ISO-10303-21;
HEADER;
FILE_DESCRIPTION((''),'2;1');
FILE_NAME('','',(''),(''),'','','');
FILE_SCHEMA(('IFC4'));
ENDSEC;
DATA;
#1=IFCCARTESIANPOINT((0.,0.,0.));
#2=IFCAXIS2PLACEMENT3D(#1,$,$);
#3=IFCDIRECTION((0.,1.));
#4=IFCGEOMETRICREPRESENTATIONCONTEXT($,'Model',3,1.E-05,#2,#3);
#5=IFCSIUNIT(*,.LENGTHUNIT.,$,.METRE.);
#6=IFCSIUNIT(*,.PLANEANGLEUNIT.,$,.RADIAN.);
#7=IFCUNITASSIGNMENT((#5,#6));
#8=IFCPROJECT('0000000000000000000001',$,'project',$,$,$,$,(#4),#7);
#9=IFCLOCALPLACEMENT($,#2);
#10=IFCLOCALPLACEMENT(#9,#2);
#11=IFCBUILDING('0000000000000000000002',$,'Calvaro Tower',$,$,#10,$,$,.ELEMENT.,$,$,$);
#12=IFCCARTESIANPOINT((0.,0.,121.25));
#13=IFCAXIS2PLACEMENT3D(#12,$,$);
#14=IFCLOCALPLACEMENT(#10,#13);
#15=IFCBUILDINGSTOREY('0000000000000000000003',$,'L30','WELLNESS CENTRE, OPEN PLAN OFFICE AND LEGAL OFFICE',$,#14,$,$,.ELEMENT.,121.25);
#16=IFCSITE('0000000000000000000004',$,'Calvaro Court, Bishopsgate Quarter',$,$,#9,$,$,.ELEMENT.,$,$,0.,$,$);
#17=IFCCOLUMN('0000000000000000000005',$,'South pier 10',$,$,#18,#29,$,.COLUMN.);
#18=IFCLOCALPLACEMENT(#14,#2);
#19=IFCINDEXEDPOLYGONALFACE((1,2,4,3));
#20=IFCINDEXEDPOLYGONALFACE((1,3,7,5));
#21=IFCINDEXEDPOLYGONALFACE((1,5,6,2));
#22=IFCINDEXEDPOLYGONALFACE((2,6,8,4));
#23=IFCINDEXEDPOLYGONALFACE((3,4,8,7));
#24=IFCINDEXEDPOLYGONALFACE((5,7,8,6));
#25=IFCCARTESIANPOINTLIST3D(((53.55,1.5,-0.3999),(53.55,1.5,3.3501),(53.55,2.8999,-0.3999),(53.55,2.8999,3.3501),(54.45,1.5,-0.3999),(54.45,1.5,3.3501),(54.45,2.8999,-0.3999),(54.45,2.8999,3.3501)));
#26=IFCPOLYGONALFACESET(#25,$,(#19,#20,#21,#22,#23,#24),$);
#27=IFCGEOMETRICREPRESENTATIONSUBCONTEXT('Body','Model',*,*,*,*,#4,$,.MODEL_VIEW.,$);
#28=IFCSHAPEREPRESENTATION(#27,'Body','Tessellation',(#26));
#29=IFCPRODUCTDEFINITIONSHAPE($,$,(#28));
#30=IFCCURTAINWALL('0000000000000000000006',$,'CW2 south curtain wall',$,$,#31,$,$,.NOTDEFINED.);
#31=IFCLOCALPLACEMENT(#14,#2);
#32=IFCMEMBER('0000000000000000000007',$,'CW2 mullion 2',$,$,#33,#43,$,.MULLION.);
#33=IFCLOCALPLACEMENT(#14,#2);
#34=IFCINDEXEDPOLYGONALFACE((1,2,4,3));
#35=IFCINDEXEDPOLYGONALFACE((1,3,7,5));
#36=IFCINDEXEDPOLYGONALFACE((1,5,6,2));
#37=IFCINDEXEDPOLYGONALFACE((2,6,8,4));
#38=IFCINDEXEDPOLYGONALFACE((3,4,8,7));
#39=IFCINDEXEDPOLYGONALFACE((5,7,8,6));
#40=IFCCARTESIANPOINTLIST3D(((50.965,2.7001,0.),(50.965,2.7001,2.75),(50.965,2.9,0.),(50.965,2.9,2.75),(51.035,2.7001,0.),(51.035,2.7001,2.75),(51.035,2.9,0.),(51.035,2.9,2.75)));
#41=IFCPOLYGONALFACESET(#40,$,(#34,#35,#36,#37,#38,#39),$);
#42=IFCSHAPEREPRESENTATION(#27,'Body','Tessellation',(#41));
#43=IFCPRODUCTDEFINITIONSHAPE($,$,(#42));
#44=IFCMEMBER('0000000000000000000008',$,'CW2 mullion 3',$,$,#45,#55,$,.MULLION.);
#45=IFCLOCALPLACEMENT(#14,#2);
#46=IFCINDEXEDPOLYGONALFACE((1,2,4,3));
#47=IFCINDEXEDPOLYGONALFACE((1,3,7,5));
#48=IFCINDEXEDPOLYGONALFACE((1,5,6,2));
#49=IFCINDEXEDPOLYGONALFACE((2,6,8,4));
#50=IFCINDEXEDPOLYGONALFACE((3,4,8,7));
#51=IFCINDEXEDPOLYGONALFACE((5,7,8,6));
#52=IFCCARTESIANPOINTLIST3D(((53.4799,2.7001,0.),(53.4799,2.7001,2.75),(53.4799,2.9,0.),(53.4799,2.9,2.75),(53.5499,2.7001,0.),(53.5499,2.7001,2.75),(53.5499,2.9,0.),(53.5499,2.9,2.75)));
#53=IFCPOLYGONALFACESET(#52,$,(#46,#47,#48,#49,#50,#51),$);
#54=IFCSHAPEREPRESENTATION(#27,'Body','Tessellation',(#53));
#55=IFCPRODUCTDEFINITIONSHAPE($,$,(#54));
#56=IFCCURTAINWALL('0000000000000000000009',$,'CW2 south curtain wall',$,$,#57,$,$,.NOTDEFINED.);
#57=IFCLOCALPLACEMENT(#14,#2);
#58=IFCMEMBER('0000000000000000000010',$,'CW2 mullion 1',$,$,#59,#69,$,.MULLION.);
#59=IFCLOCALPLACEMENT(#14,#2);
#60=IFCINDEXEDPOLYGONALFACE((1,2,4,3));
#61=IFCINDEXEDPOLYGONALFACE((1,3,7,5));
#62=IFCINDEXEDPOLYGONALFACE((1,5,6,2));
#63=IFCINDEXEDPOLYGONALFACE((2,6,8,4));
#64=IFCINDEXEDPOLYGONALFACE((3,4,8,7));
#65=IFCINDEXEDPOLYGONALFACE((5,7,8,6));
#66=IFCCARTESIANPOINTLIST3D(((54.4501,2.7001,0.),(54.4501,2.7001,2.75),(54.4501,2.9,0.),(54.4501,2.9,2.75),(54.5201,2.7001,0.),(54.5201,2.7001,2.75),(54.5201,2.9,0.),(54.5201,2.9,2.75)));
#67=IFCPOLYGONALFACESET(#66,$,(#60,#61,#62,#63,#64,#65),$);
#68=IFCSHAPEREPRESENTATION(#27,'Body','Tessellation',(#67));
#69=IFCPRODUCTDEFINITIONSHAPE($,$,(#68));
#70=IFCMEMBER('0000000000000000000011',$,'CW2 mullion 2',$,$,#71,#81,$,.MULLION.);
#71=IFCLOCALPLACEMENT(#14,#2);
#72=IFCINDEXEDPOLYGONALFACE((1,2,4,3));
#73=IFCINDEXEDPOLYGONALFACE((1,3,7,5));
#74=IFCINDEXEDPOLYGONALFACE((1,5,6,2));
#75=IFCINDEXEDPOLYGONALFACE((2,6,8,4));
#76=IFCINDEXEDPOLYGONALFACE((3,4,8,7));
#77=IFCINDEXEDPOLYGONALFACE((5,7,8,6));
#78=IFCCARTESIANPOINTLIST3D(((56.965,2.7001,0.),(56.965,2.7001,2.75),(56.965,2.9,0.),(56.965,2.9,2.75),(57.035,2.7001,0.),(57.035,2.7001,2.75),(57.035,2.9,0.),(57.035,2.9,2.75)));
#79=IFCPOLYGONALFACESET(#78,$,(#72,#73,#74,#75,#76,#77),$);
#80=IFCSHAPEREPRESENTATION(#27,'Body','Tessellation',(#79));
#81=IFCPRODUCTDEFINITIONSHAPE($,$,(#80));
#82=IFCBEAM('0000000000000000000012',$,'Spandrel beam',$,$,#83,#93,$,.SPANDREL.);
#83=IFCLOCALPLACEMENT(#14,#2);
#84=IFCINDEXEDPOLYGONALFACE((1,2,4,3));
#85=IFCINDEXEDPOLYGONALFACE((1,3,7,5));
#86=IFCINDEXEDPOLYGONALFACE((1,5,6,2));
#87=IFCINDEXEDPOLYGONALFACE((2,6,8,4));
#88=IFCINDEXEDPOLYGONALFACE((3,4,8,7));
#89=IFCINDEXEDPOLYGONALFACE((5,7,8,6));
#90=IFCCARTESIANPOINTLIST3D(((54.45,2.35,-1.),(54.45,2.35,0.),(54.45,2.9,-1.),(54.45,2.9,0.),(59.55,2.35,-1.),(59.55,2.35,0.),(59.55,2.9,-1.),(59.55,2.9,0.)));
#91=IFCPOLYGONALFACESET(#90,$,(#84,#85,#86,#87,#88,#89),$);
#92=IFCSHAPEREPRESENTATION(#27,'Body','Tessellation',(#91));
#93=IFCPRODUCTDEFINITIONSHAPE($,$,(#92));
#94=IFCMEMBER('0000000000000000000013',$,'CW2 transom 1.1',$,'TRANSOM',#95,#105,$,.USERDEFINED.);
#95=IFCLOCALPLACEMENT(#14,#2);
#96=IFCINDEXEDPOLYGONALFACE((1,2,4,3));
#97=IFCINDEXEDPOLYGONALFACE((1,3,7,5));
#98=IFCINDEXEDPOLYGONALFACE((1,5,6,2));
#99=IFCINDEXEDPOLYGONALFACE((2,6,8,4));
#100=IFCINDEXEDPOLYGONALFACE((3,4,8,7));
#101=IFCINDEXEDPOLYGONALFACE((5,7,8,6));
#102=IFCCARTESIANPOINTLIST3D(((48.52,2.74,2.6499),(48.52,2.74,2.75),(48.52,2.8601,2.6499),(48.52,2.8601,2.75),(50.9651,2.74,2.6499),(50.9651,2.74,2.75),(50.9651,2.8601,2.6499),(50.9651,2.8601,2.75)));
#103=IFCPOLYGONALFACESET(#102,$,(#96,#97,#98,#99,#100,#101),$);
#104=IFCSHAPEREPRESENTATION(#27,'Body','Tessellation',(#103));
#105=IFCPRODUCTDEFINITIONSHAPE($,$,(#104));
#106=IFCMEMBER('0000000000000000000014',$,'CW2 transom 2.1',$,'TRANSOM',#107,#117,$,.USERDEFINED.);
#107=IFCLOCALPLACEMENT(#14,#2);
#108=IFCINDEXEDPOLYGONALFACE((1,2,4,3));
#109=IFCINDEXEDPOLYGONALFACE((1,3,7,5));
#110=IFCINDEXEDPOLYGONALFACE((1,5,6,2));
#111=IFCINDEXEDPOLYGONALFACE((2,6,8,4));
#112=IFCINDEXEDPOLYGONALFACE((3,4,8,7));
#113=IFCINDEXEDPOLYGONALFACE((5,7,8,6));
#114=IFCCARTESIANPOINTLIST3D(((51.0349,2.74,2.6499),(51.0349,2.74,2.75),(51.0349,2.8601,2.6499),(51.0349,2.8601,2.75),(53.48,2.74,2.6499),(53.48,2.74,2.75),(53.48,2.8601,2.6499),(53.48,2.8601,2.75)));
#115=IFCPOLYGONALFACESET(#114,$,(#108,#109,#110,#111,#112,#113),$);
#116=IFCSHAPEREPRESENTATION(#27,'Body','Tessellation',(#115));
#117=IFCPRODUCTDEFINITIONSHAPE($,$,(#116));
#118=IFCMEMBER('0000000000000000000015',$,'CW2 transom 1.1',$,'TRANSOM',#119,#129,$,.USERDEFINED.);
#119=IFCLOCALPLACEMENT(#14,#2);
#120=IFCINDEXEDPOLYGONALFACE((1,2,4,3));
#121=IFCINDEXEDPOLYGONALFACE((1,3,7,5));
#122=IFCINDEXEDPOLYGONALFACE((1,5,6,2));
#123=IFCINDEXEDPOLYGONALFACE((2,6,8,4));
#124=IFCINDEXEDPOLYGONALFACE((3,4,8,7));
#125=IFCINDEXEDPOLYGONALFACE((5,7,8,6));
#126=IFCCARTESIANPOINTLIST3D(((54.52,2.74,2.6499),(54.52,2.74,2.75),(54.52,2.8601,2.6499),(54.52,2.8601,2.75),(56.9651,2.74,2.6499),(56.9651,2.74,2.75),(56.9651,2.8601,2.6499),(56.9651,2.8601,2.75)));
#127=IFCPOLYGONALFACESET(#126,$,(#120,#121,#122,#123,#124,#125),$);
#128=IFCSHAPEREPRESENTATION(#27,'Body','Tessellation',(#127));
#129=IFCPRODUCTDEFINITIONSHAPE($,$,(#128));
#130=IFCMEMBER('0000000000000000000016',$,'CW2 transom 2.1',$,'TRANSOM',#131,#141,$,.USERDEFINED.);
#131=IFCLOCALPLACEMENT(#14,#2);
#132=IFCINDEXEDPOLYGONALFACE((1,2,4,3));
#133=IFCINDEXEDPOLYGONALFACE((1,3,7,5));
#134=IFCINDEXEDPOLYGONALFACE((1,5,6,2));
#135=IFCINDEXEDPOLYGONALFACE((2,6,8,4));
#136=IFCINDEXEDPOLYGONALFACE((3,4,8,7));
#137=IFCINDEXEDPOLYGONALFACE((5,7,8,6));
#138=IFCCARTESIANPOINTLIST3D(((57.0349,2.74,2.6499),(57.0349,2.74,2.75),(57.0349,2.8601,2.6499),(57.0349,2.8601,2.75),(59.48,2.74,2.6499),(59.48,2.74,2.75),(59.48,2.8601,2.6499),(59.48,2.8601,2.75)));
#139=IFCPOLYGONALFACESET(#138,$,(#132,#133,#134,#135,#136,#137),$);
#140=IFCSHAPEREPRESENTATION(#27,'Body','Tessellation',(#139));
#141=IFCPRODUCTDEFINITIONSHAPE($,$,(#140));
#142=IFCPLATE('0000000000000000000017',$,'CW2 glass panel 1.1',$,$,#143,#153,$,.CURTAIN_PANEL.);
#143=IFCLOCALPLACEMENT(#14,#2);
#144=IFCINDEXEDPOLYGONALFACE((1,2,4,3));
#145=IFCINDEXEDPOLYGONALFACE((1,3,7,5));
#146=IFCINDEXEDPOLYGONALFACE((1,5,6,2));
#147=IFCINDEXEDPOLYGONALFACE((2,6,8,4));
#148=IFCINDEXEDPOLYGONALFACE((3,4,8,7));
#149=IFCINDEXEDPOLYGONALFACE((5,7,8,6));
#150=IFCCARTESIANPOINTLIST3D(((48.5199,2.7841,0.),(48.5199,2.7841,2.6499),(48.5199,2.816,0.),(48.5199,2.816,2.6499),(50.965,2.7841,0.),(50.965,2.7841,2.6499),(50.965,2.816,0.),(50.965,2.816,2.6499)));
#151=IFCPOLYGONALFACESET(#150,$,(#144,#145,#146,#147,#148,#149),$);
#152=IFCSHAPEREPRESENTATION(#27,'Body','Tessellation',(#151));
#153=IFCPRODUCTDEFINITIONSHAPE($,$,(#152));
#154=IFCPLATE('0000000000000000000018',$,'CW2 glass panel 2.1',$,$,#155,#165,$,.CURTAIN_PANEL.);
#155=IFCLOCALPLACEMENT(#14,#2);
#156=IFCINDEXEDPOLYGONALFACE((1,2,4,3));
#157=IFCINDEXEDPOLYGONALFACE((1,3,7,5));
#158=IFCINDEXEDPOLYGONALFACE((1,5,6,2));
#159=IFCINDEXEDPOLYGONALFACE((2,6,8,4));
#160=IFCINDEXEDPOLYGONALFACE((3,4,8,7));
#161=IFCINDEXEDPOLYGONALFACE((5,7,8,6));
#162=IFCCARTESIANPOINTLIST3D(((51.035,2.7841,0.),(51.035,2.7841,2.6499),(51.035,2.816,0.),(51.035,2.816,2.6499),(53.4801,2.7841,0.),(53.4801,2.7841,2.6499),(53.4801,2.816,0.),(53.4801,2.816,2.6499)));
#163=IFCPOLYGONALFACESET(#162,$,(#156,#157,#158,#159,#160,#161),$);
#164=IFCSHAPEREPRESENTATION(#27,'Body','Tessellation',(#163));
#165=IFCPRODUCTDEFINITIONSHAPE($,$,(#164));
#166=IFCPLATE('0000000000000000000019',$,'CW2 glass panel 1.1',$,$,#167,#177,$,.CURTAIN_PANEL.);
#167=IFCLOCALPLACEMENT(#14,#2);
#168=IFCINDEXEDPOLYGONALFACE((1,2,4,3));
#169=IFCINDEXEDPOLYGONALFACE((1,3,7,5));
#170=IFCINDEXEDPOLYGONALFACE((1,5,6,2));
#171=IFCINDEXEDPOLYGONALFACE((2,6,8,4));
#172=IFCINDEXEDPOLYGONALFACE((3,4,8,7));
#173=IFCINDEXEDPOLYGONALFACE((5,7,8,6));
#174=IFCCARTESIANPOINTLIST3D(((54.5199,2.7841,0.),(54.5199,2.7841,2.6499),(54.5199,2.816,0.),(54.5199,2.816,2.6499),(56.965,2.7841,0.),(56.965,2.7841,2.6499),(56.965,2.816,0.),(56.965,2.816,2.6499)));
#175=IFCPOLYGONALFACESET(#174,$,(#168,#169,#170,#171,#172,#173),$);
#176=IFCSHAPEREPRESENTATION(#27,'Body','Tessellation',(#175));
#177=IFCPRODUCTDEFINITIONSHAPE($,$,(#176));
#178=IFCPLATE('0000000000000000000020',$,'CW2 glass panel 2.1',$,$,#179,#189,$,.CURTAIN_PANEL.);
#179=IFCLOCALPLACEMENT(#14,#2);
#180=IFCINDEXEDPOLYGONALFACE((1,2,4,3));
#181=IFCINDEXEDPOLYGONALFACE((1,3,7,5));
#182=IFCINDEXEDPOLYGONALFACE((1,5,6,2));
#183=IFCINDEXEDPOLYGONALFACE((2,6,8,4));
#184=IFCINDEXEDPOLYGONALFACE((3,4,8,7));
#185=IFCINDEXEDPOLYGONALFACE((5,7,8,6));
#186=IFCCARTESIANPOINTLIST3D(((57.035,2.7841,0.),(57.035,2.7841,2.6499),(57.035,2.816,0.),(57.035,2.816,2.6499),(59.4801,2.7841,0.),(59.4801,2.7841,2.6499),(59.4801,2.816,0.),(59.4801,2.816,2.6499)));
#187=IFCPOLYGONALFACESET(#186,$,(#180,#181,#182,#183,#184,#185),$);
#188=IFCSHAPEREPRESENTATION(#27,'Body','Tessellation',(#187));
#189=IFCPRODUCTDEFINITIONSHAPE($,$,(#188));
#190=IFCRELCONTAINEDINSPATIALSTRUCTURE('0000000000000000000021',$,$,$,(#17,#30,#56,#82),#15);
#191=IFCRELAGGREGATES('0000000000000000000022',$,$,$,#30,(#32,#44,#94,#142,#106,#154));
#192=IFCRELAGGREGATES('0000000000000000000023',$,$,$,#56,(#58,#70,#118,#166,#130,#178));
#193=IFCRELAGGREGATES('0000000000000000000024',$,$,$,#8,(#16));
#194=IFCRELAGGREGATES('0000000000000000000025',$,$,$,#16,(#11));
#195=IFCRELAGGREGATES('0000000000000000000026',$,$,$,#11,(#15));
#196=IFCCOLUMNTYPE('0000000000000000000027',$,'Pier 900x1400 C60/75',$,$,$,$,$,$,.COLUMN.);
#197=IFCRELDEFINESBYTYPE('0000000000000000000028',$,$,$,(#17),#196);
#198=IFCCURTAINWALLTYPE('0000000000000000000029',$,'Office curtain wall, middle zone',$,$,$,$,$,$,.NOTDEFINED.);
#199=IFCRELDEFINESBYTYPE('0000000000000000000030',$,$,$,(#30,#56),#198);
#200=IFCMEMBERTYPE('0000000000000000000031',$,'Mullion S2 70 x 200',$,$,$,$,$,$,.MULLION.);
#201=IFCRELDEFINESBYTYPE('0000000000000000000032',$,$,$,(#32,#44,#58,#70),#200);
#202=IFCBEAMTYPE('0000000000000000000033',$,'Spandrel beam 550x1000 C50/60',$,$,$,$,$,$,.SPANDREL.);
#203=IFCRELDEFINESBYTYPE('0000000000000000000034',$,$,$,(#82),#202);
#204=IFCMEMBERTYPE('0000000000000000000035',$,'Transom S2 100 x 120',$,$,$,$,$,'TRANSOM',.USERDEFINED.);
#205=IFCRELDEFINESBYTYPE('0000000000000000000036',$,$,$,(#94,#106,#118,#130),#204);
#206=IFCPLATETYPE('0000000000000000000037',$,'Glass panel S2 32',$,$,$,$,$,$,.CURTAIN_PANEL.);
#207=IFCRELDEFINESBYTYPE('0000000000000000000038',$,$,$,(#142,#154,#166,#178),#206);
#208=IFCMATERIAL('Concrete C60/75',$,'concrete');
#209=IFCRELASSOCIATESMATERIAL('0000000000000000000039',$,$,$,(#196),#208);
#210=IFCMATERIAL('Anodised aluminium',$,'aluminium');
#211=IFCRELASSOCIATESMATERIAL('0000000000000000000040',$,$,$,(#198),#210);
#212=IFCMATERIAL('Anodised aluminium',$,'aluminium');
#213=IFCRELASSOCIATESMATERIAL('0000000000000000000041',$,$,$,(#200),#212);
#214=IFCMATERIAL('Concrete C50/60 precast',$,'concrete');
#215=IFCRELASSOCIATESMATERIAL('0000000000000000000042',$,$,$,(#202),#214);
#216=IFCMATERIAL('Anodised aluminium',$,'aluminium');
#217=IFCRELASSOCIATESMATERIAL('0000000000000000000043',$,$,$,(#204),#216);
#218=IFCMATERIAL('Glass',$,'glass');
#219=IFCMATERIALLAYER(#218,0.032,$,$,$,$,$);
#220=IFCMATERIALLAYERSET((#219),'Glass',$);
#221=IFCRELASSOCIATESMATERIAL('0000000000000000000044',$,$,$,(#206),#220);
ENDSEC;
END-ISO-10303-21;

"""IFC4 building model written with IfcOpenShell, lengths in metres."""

from ifc_helpers import new_model, si_unit, direction, frame, origin, origin_2d, place, context, subcontext, project, spatial, rectangle, extrude, material, layer, layer_set, material_profile, profile_set, type_object, element, aggregate, save


model = new_model("IFC4")

# Units and contexts
model_context = context("Model", 3, precision=1e-05, world=origin(), true_north=direction((0.0, 1.0)))
body_context = subcontext(model_context, "Body", "Model", "MODEL_VIEW")
ifc_project = project(units=[si_unit("LENGTHUNIT", "METRE"), si_unit("PLANEANGLEUNIT", "RADIAN")], contexts=[model_context])

# Site, building, storey
site_placement = place(None, origin())
site = spatial("IfcSite", under=ifc_project, at=site_placement, Name="Calvaro Court, Bishopsgate Quarter", CompositionType="ELEMENT", RefElevation=0.0)
building_placement = place(site_placement, origin())
building = spatial("IfcBuilding", under=site, at=building_placement, Name="Calvaro Tower", CompositionType="ELEMENT")
storey_placement = place(building_placement, frame((0.0, 0.0, 121.25)))
storey = spatial("IfcBuildingStorey", under=building, at=storey_placement, Name="L30", Description="WELLNESS CENTRE, OPEN PLAN OFFICE AND LEGAL OFFICE", CompositionType="ELEMENT", Elevation=121.25)

# Column
ifc_material_1 = material(Name="Concrete C60/75", Category="concrete")
ifc_material_profile_1 = material_profile(ifc_material_1, rectangle(XDim=0.8999, YDim=1.3999, at=origin_2d()), Name="RC 900x1400")
ifc_profile_set_1 = profile_set([ifc_material_profile_1], Name="Concrete C60/75")
column_type = type_object("IfcColumnType", Name="Pier 900x1400 C60/75", PredefinedType="COLUMN", material=ifc_profile_set_1)
column_placement = place(storey_placement, frame((54.0, 2.2, -0.3999), z_axis=(0.0, 0.0, 1.0), x_axis=(1.0, 0.0, 0.0)))
element("IfcColumn", 1, at=column_placement, inside=storey, type_object=column_type, Name="South pier 10", PredefinedType="COLUMN", context=body_context, shape_type="SweptSolid", body=[
    extrude(rectangle(XDim=0.8999, YDim=1.3999, at=origin_2d()), origin(), (0.0, 0.0, 1.0), 3.75),
])

# Curtain walls, members
ifc_material_2 = material(Name="Anodised aluminium", Category="aluminium")
curtain_wall_type = type_object("IfcCurtainWallType", Name="Office curtain wall, middle zone", PredefinedType="NOTDEFINED", material=ifc_material_2)
curtain_wall_1_placement = place(storey_placement, origin())
curtain_wall_1 = element("IfcCurtainWall", 2, at=curtain_wall_1_placement, inside=storey, type_object=curtain_wall_type, Name="CW2 south curtain wall", PredefinedType="NOTDEFINED")
ifc_material_3 = material(Name="Anodised aluminium", Category="aluminium")
ifc_material_profile_2 = material_profile(ifc_material_3, rectangle(XDim=0.2, YDim=0.0701, at=origin_2d()), Name="Mullion S2 70 x 200")
ifc_profile_set_2 = profile_set([ifc_material_profile_2], Name="Anodised aluminium")
member_type_1 = type_object("IfcMemberType", Name="Mullion S2 70 x 200", PredefinedType="MULLION", material=ifc_profile_set_2)
member_1_placement = place(storey_placement, frame((51.0, 2.8, 0.0), z_axis=(0.0, 0.0, 1.0), x_axis=(0.0, 1.0, 0.0)))
member_1 = element("IfcMember", 3, at=member_1_placement, type_object=member_type_1, Name="CW2 mullion 2", PredefinedType="MULLION", context=body_context, shape_type="SweptSolid", body=[
    extrude(rectangle(XDim=0.2, YDim=0.0701, at=origin_2d()), origin(), (0.0, 0.0, 1.0), 2.75),
])
member_2_placement = place(storey_placement, frame((53.5149, 2.8, 0.0), z_axis=(0.0, 0.0, 1.0), x_axis=(0.0, 1.0, 0.0)))
member_2 = element("IfcMember", 4, at=member_2_placement, type_object=member_type_1, Name="CW2 mullion 3", PredefinedType="MULLION", context=body_context, shape_type="SweptSolid", body=[
    extrude(rectangle(XDim=0.2, YDim=0.0701, at=origin_2d()), origin(), (0.0, 0.0, 1.0), 2.75),
])
curtain_wall_2_placement = place(storey_placement, origin())
curtain_wall_2 = element("IfcCurtainWall", 5, at=curtain_wall_2_placement, inside=storey, type_object=curtain_wall_type, Name="CW2 south curtain wall", PredefinedType="NOTDEFINED")
member_3_placement = place(storey_placement, frame((54.4851, 2.8, 0.0), z_axis=(0.0, 0.0, 1.0), x_axis=(0.0, 1.0, 0.0)))
member_3 = element("IfcMember", 6, at=member_3_placement, type_object=member_type_1, Name="CW2 mullion 1", PredefinedType="MULLION", context=body_context, shape_type="SweptSolid", body=[
    extrude(rectangle(XDim=0.2, YDim=0.0701, at=origin_2d()), origin(), (0.0, 0.0, 1.0), 2.75),
])
member_4_placement = place(storey_placement, frame((57.0, 2.8, 0.0), z_axis=(0.0, 0.0, 1.0), x_axis=(0.0, 1.0, 0.0)))
member_4 = element("IfcMember", 7, at=member_4_placement, type_object=member_type_1, Name="CW2 mullion 2", PredefinedType="MULLION", context=body_context, shape_type="SweptSolid", body=[
    extrude(rectangle(XDim=0.2, YDim=0.0701, at=origin_2d()), origin(), (0.0, 0.0, 1.0), 2.75),
])

# Beam
ifc_material_4 = material(Name="Concrete C50/60 precast", Category="concrete")
ifc_material_profile_3 = material_profile(ifc_material_4, rectangle(XDim=0.55, YDim=1.0, at=origin_2d()), Name="RC 550x1000")
ifc_profile_set_3 = profile_set([ifc_material_profile_3], Name="Concrete C50/60 precast")
beam_type = type_object("IfcBeamType", Name="Spandrel beam 550x1000 C50/60", PredefinedType="SPANDREL", material=ifc_profile_set_3)
beam_placement = place(storey_placement, frame((54.45, 2.625, -0.5), z_axis=(1.0, 0.0, 0.0), x_axis=(0.0, 1.0, 0.0)))
element("IfcBeam", 8, at=beam_placement, inside=storey, type_object=beam_type, Name="Spandrel beam", PredefinedType="SPANDREL", context=body_context, shape_type="SweptSolid", body=[
    extrude(rectangle(XDim=0.55, YDim=1.0, at=origin_2d()), origin(), (0.0, 0.0, 1.0), 5.1001),
])

# Members
ifc_material_5 = material(Name="Anodised aluminium", Category="aluminium")
ifc_material_profile_4 = material_profile(ifc_material_5, rectangle(XDim=0.1201, YDim=0.1001, at=origin_2d()), Name="Transom S2 100 x 120")
ifc_profile_set_4 = profile_set([ifc_material_profile_4], Name="Anodised aluminium")
member_type_2 = type_object("IfcMemberType", Name="Transom S2 100 x 120", ElementType="TRANSOM", PredefinedType="USERDEFINED", material=ifc_profile_set_4)
member_5_placement = place(storey_placement, frame((48.52, 2.8, 2.7), z_axis=(1.0, 0.0, 0.0), x_axis=(0.0, 1.0, 0.0)))
member_5 = element("IfcMember", 9, at=member_5_placement, type_object=member_type_2, Name="CW2 transom 1.1", ObjectType="TRANSOM", PredefinedType="USERDEFINED", context=body_context, shape_type="SweptSolid", body=[
    extrude(rectangle(XDim=0.1201, YDim=0.1001, at=origin_2d()), origin(), (0.0, 0.0, 1.0), 2.4451),
])
member_6_placement = place(storey_placement, frame((51.0349, 2.8, 2.7), z_axis=(1.0, 0.0, 0.0), x_axis=(0.0, 1.0, 0.0)))
member_6 = element("IfcMember", 10, at=member_6_placement, type_object=member_type_2, Name="CW2 transom 2.1", ObjectType="TRANSOM", PredefinedType="USERDEFINED", context=body_context, shape_type="SweptSolid", body=[
    extrude(rectangle(XDim=0.1201, YDim=0.1001, at=origin_2d()), origin(), (0.0, 0.0, 1.0), 2.4451),
])
member_7_placement = place(storey_placement, frame((54.52, 2.8, 2.7), z_axis=(1.0, 0.0, 0.0), x_axis=(0.0, 1.0, 0.0)))
member_7 = element("IfcMember", 11, at=member_7_placement, type_object=member_type_2, Name="CW2 transom 1.1", ObjectType="TRANSOM", PredefinedType="USERDEFINED", context=body_context, shape_type="SweptSolid", body=[
    extrude(rectangle(XDim=0.1201, YDim=0.1001, at=origin_2d()), origin(), (0.0, 0.0, 1.0), 2.4451),
])
member_8_placement = place(storey_placement, frame((57.0349, 2.8, 2.7), z_axis=(1.0, 0.0, 0.0), x_axis=(0.0, 1.0, 0.0)))
member_8 = element("IfcMember", 12, at=member_8_placement, type_object=member_type_2, Name="CW2 transom 2.1", ObjectType="TRANSOM", PredefinedType="USERDEFINED", context=body_context, shape_type="SweptSolid", body=[
    extrude(rectangle(XDim=0.1201, YDim=0.1001, at=origin_2d()), origin(), (0.0, 0.0, 1.0), 2.4451),
])

# Plates
ifc_material_6 = material(Name="Glass", Category="glass")
ifc_layer = layer(ifc_material_6, 0.032)
ifc_layer_set = layer_set([ifc_layer], Name="Glass")
plate_type = type_object("IfcPlateType", Name="Glass panel S2 32", PredefinedType="CURTAIN_PANEL", material=ifc_layer_set)
plate_1_placement = place(storey_placement, frame((49.7424, 2.8, 0.0), z_axis=(0.0, 0.0, 1.0), x_axis=(1.0, 0.0, 0.0)))
plate_1 = element("IfcPlate", 13, at=plate_1_placement, type_object=plate_type, Name="CW2 glass panel 1.1", PredefinedType="CURTAIN_PANEL", context=body_context, shape_type="SweptSolid", body=[
    extrude(rectangle(XDim=2.4451, YDim=0.032, at=origin_2d()), origin(), (0.0, 0.0, 1.0), 2.6499),
])
plate_2_placement = place(storey_placement, frame((52.2576, 2.8, 0.0), z_axis=(0.0, 0.0, 1.0), x_axis=(1.0, 0.0, 0.0)))
plate_2 = element("IfcPlate", 14, at=plate_2_placement, type_object=plate_type, Name="CW2 glass panel 2.1", PredefinedType="CURTAIN_PANEL", context=body_context, shape_type="SweptSolid", body=[
    extrude(rectangle(XDim=2.4451, YDim=0.032, at=origin_2d()), origin(), (0.0, 0.0, 1.0), 2.6499),
])
aggregate(curtain_wall_1, [member_1, member_2, member_5, plate_1, member_6, plate_2])
plate_3_placement = place(storey_placement, frame((55.7424, 2.8, 0.0), z_axis=(0.0, 0.0, 1.0), x_axis=(1.0, 0.0, 0.0)))
plate_3 = element("IfcPlate", 15, at=plate_3_placement, type_object=plate_type, Name="CW2 glass panel 1.1", PredefinedType="CURTAIN_PANEL", context=body_context, shape_type="SweptSolid", body=[
    extrude(rectangle(XDim=2.4451, YDim=0.032, at=origin_2d()), origin(), (0.0, 0.0, 1.0), 2.6499),
])
plate_4_placement = place(storey_placement, frame((58.2576, 2.8, 0.0), z_axis=(0.0, 0.0, 1.0), x_axis=(1.0, 0.0, 0.0)))
plate_4 = element("IfcPlate", 16, at=plate_4_placement, type_object=plate_type, Name="CW2 glass panel 2.1", PredefinedType="CURTAIN_PANEL", context=body_context, shape_type="SweptSolid", body=[
    extrude(rectangle(XDim=2.4451, YDim=0.032, at=origin_2d()), origin(), (0.0, 0.0, 1.0), 2.6499),
])
aggregate(curtain_wall_2, [member_3, member_4, member_7, plate_3, member_8, plate_4])

save(model, "model.ifc")
